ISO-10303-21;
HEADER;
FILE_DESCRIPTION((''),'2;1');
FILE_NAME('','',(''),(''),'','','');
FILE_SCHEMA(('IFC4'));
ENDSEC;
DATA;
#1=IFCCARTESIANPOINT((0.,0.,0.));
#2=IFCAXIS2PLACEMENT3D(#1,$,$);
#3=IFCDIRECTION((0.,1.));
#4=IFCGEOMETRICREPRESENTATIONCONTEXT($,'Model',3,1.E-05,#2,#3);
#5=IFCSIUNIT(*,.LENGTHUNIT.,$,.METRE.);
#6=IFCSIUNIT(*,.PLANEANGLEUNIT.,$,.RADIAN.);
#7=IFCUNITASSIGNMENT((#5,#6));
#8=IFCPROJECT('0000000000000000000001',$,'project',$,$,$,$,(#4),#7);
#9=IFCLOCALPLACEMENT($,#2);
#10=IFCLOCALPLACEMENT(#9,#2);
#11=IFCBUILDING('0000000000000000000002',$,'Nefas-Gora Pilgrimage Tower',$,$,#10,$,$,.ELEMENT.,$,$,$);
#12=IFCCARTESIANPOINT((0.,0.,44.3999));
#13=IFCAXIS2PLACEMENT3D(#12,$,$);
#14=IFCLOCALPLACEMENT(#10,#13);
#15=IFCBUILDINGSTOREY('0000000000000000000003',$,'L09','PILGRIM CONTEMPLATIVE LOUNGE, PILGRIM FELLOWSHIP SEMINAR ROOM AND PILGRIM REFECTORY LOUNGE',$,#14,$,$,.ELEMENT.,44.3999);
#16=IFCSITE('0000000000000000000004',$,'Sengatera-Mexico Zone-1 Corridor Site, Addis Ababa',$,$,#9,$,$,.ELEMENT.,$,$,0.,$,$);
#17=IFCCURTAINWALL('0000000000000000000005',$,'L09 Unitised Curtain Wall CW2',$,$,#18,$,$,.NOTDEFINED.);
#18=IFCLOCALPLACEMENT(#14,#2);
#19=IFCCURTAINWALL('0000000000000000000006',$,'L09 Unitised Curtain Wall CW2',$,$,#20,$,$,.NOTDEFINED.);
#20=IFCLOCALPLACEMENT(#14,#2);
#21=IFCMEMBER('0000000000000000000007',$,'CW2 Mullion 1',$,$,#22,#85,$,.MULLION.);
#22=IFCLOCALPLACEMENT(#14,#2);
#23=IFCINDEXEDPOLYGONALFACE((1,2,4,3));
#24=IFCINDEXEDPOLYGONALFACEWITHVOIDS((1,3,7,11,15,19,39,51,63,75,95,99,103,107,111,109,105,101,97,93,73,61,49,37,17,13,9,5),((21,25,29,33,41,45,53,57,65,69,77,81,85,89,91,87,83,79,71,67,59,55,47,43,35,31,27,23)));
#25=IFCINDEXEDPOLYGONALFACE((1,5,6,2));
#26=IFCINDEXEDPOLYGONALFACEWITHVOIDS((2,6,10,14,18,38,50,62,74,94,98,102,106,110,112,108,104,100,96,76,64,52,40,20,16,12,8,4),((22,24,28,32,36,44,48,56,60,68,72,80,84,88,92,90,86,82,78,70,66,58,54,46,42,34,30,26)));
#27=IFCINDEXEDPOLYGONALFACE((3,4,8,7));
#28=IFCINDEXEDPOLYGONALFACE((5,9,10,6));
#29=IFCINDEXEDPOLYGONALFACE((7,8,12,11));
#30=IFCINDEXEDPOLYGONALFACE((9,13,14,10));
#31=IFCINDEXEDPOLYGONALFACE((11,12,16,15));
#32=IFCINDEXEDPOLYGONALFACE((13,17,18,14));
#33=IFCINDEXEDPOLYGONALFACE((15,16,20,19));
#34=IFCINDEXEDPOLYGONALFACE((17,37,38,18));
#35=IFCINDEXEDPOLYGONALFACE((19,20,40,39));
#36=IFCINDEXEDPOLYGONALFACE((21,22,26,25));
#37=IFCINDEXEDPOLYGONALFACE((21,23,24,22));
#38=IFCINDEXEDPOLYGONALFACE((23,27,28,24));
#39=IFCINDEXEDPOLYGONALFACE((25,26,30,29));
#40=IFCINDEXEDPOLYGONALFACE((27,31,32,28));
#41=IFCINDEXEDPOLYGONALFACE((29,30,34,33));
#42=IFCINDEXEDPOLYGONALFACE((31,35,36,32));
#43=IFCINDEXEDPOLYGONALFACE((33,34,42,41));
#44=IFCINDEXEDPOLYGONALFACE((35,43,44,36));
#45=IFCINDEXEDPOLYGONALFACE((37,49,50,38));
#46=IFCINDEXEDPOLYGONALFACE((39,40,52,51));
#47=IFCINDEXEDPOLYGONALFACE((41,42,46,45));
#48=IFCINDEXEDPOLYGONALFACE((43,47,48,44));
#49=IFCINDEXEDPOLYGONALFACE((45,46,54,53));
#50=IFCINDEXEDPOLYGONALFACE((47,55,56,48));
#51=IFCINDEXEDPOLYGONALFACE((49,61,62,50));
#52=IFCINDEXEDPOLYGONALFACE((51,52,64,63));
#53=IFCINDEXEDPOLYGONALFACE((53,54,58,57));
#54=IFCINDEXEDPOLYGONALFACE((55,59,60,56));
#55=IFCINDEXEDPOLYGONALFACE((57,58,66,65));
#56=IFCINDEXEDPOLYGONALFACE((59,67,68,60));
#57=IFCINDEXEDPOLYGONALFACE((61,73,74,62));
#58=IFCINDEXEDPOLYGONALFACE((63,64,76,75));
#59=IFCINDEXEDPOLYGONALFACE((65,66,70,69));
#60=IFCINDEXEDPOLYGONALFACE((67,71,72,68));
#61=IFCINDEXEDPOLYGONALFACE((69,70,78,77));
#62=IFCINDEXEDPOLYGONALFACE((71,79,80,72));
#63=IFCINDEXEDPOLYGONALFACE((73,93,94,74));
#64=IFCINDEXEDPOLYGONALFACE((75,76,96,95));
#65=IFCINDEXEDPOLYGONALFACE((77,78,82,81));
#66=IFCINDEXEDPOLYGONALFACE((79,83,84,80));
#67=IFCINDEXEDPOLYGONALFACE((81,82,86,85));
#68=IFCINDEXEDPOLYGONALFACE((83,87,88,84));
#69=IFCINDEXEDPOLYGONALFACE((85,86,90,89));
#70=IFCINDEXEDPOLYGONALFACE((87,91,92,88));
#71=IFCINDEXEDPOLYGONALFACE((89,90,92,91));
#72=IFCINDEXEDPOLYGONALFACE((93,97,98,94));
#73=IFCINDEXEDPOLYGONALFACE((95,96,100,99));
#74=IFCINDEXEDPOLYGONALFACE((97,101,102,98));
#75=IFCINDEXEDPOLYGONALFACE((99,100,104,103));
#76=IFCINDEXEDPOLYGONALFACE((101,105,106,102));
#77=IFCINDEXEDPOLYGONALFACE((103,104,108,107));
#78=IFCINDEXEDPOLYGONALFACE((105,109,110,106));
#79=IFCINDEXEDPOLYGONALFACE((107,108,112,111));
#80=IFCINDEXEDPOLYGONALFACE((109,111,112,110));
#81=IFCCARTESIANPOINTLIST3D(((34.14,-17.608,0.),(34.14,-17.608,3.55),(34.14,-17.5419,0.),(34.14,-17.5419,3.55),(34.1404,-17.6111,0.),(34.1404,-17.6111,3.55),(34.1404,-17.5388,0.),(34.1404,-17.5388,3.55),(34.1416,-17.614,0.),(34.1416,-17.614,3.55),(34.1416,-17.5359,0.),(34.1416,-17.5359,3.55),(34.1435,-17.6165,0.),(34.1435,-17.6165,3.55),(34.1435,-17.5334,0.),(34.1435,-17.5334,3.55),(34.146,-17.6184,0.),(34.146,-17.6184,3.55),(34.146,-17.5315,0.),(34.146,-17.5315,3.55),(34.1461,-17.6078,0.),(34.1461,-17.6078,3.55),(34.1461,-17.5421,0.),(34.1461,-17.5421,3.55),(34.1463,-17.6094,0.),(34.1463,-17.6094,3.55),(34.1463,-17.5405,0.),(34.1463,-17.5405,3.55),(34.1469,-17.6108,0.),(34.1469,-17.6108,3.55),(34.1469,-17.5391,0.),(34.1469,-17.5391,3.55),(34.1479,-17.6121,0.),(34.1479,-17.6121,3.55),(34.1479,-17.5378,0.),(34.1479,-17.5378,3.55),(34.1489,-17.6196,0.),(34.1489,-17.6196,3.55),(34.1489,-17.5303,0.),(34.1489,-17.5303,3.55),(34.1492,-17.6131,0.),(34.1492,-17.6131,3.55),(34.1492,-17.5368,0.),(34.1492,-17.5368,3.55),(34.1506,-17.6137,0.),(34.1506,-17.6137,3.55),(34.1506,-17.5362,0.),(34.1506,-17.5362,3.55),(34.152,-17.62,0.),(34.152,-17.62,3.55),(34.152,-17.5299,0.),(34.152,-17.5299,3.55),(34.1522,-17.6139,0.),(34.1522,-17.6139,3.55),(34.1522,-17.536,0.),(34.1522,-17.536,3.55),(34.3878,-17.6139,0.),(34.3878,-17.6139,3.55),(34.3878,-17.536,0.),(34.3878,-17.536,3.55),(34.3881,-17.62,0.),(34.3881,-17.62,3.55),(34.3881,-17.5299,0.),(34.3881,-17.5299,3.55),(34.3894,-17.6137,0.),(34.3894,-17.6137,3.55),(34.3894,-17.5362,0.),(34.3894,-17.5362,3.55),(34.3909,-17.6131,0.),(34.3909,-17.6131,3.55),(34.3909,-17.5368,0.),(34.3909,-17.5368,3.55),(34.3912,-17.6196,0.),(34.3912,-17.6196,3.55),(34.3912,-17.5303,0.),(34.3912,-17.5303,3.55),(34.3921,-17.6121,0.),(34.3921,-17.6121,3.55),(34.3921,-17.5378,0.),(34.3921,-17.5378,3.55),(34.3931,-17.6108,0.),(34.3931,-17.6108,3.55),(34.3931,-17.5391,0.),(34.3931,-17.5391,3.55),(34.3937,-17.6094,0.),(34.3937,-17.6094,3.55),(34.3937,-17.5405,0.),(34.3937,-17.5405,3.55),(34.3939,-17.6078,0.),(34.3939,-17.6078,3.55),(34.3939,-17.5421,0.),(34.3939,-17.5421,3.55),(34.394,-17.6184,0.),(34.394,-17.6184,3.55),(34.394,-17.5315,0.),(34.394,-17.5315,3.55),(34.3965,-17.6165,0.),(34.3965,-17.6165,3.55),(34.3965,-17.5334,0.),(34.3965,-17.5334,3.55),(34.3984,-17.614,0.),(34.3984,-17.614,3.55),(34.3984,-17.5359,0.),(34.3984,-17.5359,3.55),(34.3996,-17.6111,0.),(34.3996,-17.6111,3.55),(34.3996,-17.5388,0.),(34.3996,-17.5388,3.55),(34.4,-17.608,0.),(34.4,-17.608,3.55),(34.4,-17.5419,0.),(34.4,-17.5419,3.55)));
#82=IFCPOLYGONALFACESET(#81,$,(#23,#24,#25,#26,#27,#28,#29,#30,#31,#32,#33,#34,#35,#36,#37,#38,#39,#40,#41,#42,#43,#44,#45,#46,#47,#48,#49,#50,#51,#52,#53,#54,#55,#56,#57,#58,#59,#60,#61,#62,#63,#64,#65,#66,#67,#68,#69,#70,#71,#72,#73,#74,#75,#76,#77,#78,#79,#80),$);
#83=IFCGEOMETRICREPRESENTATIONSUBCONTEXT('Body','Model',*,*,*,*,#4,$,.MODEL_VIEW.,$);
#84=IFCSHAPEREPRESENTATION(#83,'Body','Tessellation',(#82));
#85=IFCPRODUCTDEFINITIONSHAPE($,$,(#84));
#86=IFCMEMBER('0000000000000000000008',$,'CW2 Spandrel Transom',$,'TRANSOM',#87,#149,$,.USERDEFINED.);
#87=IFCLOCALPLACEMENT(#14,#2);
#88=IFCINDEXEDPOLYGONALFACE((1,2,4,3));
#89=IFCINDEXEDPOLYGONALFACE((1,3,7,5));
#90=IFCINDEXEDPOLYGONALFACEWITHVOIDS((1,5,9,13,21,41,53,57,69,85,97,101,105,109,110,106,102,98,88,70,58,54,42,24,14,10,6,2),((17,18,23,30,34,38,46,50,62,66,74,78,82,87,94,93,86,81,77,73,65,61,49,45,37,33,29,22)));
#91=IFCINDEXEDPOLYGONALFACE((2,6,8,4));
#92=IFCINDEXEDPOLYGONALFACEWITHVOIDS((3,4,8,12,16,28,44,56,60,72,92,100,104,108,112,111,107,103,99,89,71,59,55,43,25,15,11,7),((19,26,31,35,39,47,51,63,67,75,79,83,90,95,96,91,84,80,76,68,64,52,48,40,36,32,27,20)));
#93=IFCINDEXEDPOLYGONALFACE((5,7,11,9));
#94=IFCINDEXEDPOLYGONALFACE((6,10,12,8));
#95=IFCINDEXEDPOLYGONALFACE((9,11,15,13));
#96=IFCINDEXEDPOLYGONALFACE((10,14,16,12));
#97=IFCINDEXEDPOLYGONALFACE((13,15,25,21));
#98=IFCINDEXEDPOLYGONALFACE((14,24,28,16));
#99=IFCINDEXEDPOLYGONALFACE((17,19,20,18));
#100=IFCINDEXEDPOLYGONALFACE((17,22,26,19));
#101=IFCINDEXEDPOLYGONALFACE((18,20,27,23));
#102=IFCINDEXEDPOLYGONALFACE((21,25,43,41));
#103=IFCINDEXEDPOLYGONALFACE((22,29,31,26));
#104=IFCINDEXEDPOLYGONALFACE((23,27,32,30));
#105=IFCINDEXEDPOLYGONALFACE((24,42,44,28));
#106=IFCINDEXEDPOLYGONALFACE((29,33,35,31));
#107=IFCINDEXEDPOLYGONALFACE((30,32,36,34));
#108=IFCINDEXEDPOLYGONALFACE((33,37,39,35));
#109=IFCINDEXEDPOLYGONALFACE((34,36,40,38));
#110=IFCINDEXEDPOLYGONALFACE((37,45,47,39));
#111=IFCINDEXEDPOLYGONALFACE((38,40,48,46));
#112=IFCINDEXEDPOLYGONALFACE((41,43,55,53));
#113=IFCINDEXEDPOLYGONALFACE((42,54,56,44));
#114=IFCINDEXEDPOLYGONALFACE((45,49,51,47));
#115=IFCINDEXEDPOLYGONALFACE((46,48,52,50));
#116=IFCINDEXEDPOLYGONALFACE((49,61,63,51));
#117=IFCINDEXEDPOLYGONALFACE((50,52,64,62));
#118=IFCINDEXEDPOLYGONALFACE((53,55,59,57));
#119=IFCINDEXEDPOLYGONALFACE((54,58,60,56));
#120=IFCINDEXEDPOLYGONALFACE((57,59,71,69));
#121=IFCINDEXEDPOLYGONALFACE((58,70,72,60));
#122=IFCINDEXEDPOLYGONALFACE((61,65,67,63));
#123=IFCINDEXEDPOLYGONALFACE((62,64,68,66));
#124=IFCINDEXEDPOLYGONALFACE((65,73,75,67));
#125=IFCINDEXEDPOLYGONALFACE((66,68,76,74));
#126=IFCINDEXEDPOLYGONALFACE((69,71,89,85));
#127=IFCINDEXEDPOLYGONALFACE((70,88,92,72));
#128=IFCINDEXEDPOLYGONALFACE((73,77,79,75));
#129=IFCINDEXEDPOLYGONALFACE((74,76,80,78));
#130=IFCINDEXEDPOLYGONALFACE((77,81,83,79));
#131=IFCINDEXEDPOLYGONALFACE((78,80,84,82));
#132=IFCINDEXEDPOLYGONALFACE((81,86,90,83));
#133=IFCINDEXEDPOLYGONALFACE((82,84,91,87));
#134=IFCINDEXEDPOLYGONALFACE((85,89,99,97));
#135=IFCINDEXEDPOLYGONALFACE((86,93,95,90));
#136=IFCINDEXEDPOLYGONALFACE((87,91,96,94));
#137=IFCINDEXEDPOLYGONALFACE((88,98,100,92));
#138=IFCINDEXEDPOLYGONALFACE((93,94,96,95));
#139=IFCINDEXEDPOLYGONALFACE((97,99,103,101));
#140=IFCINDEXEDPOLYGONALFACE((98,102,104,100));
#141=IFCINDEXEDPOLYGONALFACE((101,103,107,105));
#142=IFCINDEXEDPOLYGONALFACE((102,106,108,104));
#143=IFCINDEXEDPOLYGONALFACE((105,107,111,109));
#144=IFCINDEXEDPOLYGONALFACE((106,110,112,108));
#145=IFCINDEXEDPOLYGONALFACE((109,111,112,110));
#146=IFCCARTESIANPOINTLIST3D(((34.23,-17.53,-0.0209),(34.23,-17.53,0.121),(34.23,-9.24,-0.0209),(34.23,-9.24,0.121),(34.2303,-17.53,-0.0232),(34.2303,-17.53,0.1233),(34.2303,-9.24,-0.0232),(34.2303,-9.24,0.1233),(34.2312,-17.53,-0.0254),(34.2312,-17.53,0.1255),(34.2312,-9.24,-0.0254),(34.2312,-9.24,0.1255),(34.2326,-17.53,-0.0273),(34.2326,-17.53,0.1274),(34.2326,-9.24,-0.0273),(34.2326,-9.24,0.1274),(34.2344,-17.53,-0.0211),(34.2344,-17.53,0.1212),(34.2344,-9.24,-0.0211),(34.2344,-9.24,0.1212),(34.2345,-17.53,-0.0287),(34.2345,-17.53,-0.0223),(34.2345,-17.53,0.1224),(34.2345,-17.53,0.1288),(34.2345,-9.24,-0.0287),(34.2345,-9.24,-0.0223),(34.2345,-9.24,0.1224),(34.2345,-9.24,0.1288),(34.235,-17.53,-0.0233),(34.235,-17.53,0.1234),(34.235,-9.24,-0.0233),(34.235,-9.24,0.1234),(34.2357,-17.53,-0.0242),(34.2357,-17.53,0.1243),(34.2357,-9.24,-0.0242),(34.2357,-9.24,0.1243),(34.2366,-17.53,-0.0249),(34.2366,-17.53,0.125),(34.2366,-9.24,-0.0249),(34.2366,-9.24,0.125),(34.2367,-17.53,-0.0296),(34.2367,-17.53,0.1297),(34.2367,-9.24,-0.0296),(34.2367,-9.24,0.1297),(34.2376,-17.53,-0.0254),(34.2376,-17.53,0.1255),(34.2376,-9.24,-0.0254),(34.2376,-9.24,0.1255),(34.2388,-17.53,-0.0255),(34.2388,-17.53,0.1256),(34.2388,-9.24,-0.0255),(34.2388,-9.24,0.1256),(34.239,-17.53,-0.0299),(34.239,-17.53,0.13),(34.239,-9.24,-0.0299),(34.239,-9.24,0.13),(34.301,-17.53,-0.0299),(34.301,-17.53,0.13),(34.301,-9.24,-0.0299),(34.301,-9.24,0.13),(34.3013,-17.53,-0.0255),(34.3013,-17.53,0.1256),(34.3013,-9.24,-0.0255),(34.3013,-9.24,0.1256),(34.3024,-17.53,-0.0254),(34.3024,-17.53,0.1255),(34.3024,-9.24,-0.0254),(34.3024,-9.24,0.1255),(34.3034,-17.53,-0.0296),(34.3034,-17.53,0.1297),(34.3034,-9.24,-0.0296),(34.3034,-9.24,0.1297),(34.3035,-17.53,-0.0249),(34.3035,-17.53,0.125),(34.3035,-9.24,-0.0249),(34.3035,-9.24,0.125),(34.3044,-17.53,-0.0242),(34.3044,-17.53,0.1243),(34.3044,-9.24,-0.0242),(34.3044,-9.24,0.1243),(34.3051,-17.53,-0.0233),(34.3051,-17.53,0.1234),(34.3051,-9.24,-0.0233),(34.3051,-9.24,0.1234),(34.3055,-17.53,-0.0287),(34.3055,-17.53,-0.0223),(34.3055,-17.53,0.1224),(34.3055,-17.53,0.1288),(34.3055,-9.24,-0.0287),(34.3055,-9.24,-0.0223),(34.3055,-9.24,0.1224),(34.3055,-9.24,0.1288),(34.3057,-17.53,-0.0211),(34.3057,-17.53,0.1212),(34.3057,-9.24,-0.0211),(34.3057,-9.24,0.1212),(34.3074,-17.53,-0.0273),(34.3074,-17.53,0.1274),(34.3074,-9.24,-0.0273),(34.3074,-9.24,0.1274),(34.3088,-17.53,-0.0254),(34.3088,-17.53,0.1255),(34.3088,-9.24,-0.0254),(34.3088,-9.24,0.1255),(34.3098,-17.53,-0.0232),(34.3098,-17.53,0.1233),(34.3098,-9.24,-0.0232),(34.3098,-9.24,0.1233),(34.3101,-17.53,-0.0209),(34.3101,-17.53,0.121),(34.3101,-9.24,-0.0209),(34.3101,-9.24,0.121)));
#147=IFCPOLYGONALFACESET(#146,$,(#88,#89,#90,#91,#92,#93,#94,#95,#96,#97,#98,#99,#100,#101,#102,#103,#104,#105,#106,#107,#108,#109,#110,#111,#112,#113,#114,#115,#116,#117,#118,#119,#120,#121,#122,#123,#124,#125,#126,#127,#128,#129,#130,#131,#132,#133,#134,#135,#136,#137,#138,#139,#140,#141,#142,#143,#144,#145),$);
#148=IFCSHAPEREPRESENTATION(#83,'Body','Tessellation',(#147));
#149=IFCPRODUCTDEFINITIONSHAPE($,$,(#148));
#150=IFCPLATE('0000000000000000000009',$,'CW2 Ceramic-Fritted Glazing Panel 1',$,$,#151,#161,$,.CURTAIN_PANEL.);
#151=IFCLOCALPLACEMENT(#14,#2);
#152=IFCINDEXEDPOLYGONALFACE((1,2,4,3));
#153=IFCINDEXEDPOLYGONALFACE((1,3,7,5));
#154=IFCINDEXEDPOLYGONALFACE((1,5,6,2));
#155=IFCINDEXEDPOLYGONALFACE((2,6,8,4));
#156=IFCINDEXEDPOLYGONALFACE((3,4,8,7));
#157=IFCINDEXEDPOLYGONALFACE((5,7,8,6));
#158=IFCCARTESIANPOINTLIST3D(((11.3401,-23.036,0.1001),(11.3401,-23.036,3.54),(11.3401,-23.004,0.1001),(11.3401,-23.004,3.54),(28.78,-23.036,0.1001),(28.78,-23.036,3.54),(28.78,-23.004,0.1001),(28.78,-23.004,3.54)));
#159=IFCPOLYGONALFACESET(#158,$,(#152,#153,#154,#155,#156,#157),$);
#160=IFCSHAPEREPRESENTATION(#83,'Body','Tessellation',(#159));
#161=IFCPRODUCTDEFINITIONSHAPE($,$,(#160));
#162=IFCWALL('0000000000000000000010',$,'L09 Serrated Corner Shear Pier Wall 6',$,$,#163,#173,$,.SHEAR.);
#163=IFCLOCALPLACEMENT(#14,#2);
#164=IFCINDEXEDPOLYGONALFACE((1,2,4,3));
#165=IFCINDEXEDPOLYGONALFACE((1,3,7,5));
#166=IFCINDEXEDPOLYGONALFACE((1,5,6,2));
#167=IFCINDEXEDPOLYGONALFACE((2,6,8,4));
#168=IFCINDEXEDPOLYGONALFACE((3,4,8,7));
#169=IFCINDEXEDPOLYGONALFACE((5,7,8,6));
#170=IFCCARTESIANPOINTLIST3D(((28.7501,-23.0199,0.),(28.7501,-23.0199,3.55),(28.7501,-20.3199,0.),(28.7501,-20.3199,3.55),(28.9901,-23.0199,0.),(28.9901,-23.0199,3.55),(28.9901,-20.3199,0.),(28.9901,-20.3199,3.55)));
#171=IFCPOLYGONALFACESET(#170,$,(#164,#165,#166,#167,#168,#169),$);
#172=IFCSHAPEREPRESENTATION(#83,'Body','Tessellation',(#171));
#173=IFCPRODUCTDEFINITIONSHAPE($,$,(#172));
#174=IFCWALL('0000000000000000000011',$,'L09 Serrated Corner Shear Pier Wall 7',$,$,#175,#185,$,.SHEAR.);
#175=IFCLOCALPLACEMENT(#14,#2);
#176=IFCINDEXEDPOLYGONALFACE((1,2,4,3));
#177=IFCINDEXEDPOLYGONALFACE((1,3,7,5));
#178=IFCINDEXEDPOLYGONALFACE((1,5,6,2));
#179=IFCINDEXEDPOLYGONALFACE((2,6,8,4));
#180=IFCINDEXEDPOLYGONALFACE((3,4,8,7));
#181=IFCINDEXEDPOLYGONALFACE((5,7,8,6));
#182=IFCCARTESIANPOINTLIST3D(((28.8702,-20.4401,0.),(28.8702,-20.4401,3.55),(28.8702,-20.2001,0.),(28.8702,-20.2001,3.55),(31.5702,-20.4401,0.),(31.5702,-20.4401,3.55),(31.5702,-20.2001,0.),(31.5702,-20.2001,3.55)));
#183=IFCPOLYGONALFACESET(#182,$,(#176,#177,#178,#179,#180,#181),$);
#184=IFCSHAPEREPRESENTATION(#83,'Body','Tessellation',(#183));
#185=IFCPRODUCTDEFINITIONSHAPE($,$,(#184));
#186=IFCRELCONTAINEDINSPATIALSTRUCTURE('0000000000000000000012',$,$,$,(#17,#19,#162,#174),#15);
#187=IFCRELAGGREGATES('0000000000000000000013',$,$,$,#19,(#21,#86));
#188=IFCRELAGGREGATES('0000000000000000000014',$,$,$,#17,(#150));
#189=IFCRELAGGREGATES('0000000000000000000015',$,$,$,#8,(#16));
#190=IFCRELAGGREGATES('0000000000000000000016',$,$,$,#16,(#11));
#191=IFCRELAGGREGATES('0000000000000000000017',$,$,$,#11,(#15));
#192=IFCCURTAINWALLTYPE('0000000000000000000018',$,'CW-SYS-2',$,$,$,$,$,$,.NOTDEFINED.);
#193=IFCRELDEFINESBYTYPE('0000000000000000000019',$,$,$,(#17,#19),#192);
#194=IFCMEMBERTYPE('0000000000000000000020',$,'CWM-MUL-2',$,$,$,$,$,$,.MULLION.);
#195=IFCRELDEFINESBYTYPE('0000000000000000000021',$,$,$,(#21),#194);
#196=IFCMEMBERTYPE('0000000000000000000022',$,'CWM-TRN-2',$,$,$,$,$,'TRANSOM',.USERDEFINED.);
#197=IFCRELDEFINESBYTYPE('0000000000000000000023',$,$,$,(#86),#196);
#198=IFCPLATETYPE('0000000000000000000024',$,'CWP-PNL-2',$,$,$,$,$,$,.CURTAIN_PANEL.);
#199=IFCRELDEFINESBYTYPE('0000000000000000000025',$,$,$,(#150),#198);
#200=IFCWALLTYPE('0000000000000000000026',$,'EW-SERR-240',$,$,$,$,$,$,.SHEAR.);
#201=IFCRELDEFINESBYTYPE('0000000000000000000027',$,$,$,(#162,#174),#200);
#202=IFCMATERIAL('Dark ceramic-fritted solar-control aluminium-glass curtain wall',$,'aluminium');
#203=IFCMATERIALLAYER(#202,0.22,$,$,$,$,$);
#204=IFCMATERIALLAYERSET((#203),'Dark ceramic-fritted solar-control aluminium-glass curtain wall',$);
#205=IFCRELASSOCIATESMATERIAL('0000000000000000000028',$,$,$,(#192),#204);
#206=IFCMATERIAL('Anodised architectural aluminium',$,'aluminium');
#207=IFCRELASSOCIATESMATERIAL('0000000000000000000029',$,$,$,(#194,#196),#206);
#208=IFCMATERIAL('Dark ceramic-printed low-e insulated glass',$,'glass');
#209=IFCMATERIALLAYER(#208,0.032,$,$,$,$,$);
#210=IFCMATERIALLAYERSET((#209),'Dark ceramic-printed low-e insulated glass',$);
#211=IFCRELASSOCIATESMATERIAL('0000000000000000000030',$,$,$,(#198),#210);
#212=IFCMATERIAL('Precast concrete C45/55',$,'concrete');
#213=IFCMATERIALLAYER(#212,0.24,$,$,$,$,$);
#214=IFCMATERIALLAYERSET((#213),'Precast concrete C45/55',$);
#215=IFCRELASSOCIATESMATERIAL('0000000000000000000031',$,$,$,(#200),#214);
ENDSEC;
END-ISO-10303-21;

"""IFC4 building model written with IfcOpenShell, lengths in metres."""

from ifc_helpers import new_model, si_unit, direction, frame, frame_2d, origin, origin_2d, place, context, subcontext, project, spatial, rectangle, hollow_rectangle, extrude, source, transform, mapped, material, layer, layer_set, material_profile, profile_set, type_object, element, aggregate, save


model = new_model("IFC4")

# Units and contexts
model_context = context("Model", 3, precision=1e-05, world=origin(), true_north=direction((0.0, 1.0)))
body_context = subcontext(model_context, "Body", "Model", "MODEL_VIEW")
ifc_project = project(units=[si_unit("LENGTHUNIT", "METRE"), si_unit("PLANEANGLEUNIT", "RADIAN")], contexts=[model_context])

# Site, building, storey
site_placement = place(None, origin())
site = spatial("IfcSite", under=ifc_project, at=site_placement, Name="Sengatera-Mexico Zone-1 Corridor Site, Addis Ababa", CompositionType="ELEMENT", RefElevation=0.0)
building_placement = place(site_placement, origin())
building = spatial("IfcBuilding", under=site, at=building_placement, Name="Nefas-Gora Pilgrimage Tower", CompositionType="ELEMENT")
storey_placement = place(building_placement, frame((0.0, 0.0, 44.3999)))
storey = spatial("IfcBuildingStorey", under=building, at=storey_placement, Name="L09", Description="PILGRIM CONTEMPLATIVE LOUNGE, PILGRIM FELLOWSHIP SEMINAR ROOM AND PILGRIM REFECTORY LOUNGE", CompositionType="ELEMENT", Elevation=44.3999)

# Curtain wall
ifc_material_1 = material(Name="Dark ceramic-fritted solar-control aluminium-glass curtain wall", Category="aluminium")
ifc_layer_1 = layer(ifc_material_1, 0.22)
ifc_layer_set_1 = layer_set([ifc_layer_1], Name="Dark ceramic-fritted solar-control aluminium-glass curtain wall")
curtain_wall_type = type_object("IfcCurtainWallType", Name="CW-SYS-2", PredefinedType="NOTDEFINED", material=ifc_layer_set_1)
curtain_wall_1_placement = place(storey_placement, origin())
curtain_wall_1 = element("IfcCurtainWall", 1, at=curtain_wall_1_placement, inside=storey, type_object=curtain_wall_type, Name="L09 Unitised Curtain Wall CW2", PredefinedType="NOTDEFINED")
ifc_material_2 = material(Name="Anodised architectural aluminium", Category="aluminium")
ifc_material_profile_1 = material_profile(ifc_material_2, hollow_rectangle(XDim=0.0901, YDim=0.26, WallThickness=0.0061, InnerFilletRadius=0.0061, OuterFilletRadius=0.012, at=origin_2d()), Name="ALU MULLION 90x260")
ifc_profile_set_1 = profile_set([ifc_material_profile_1], Name="Anodised architectural aluminium")
member_type_1 = type_object("IfcMemberType", Name="CWM-MUL-2", PredefinedType="MULLION", material=ifc_profile_set_1)
shared_shape_1 = source(origin(), body_context, "Body", "SweptSolid", [
    extrude(hollow_rectangle(XDim=0.0901, YDim=0.26, WallThickness=0.0061, InnerFilletRadius=0.0061, OuterFilletRadius=0.012, at=origin_2d()), origin(), (0.0, 0.0, 1.0), 3.55),
])

# Curtain wall, members
curtain_wall_2_placement = place(storey_placement, origin())
curtain_wall_2 = element("IfcCurtainWall", 2, at=curtain_wall_2_placement, inside=storey, type_object=curtain_wall_type, Name="L09 Unitised Curtain Wall CW2", PredefinedType="NOTDEFINED")
member_1_placement = place(storey_placement, frame((34.27, -17.575, 0.0), z_axis=(0.0, 0.0, 1.0), x_axis=(0.0, 1.0, 0.0)))
member_1 = element("IfcMember", 3, at=member_1_placement, type_object=member_type_1, Name="CW2 Mullion 1", PredefinedType="MULLION", context=body_context, shape_type="MappedRepresentation", body=[
    mapped(shared_shape_1, transform((0.0, 0.0, 0.0), x_axis=(1.0, 0.0, 0.0), y_axis=(0.0, 1.0, 0.0), z_axis=(0.0, 0.0, 1.0), scale=1.0)),
])
ifc_material_profile_2 = material_profile(ifc_material_2, hollow_rectangle(XDim=0.0801, YDim=0.1599, WallThickness=0.0044, InnerFilletRadius=0.0044, OuterFilletRadius=0.009, at=origin_2d()), Name="ALU TRANSOM 80x160")
ifc_profile_set_2 = profile_set([ifc_material_profile_2], Name="Anodised architectural aluminium")
member_type_2 = type_object("IfcMemberType", Name="CWM-TRN-2", ElementType="TRANSOM", PredefinedType="USERDEFINED", material=ifc_profile_set_2)
shared_shape_2 = source(origin(), body_context, "Body", "SweptSolid", [
    extrude(hollow_rectangle(XDim=0.0801, YDim=0.1599, WallThickness=0.0044, InnerFilletRadius=0.0044, OuterFilletRadius=0.009, at=origin_2d()), origin(), (0.0, 0.0, 1.0), 8.29),
])
member_2_placement = place(storey_placement, frame((34.27, -17.53, 0.05), z_axis=(0.0, 1.0, 0.0), x_axis=(-1.0, 0.0, 0.0)))
member_2 = element("IfcMember", 4, at=member_2_placement, type_object=member_type_2, Name="CW2 Spandrel Transom", ObjectType="TRANSOM", PredefinedType="USERDEFINED", context=body_context, shape_type="MappedRepresentation", body=[
    mapped(shared_shape_2, transform((0.0, 0.0, 0.0), x_axis=(1.0, 0.0, 0.0), y_axis=(0.0, 1.0, 0.0), z_axis=(0.0, 0.0, 1.0), scale=1.0)),
])
aggregate(curtain_wall_2, [member_1, member_2])

# Plate
ifc_material_3 = material(Name="Dark ceramic-printed low-e insulated glass", Category="glass")
ifc_layer_2 = layer(ifc_material_3, 0.032)
ifc_layer_set_2 = layer_set([ifc_layer_2], Name="Dark ceramic-printed low-e insulated glass")
plate_type = type_object("IfcPlateType", Name="CWP-PNL-2", PredefinedType="CURTAIN_PANEL", material=ifc_layer_set_2)
shared_shape_3 = source(origin(), body_context, "Body", "SweptSolid", [
    extrude(rectangle(XDim=17.4399, YDim=0.032, at=origin_2d()), origin(), (0.0, 0.0, 1.0), 3.4399),
])
plate_placement = place(storey_placement, frame((20.0601, -23.02, 0.1001), z_axis=(0.0, 0.0, 1.0), x_axis=(1.0, 0.0, 0.0)))
plate = element("IfcPlate", 5, at=plate_placement, type_object=plate_type, Name="CW2 Ceramic-Fritted Glazing Panel 1", PredefinedType="CURTAIN_PANEL", context=body_context, shape_type="MappedRepresentation", body=[
    mapped(shared_shape_3, transform((0.0, 0.0, 0.0), x_axis=(1.0, 0.0, 0.0), y_axis=(0.0, 1.0, 0.0), z_axis=(0.0, 0.0, 1.0), scale=1.0)),
])
aggregate(curtain_wall_1, [plate])

# Walls
ifc_material_4 = material(Name="Precast concrete C45/55", Category="concrete")
ifc_layer_3 = layer(ifc_material_4, 0.24)
ifc_layer_set_3 = layer_set([ifc_layer_3], Name="Precast concrete C45/55")
wall_type = type_object("IfcWallType", Name="EW-SERR-240", PredefinedType="SHEAR", material=ifc_layer_set_3)
shared_shape_4 = source(origin(), body_context, "Body", "SweptSolid", [
    extrude(rectangle(XDim=2.7, YDim=0.24, at=frame_2d((1.3501, 0.0))), origin(), (0.0, 0.0, 1.0), 3.55),
])
for number, where, z_axis, x_axis, name in (
    (6, (28.8701, -23.02, 0.0), (0.0, 0.0, 1.0), (0.0, 1.0, 0.0), "L09 Serrated Corner Shear Pier Wall 6"),
    (7, (28.8701, -20.3201, 0.0), (0.0, 0.0, 1.0), (1.0, 0.0, 0.0), "L09 Serrated Corner Shear Pier Wall 7"),
):
    element("IfcWall", number, at=place(storey_placement, frame(where, z_axis=z_axis, x_axis=x_axis)), inside=storey, type_object=wall_type, Name=name, PredefinedType="SHEAR", context=body_context, shape_type="MappedRepresentation", body=[
        mapped(shared_shape_4, transform((0.0, 0.0, 0.0), x_axis=(1.0, 0.0, 0.0), y_axis=(0.0, 1.0, 0.0), z_axis=(0.0, 0.0, 1.0), scale=1.0)),
    ])

save(model, "model.ifc")
